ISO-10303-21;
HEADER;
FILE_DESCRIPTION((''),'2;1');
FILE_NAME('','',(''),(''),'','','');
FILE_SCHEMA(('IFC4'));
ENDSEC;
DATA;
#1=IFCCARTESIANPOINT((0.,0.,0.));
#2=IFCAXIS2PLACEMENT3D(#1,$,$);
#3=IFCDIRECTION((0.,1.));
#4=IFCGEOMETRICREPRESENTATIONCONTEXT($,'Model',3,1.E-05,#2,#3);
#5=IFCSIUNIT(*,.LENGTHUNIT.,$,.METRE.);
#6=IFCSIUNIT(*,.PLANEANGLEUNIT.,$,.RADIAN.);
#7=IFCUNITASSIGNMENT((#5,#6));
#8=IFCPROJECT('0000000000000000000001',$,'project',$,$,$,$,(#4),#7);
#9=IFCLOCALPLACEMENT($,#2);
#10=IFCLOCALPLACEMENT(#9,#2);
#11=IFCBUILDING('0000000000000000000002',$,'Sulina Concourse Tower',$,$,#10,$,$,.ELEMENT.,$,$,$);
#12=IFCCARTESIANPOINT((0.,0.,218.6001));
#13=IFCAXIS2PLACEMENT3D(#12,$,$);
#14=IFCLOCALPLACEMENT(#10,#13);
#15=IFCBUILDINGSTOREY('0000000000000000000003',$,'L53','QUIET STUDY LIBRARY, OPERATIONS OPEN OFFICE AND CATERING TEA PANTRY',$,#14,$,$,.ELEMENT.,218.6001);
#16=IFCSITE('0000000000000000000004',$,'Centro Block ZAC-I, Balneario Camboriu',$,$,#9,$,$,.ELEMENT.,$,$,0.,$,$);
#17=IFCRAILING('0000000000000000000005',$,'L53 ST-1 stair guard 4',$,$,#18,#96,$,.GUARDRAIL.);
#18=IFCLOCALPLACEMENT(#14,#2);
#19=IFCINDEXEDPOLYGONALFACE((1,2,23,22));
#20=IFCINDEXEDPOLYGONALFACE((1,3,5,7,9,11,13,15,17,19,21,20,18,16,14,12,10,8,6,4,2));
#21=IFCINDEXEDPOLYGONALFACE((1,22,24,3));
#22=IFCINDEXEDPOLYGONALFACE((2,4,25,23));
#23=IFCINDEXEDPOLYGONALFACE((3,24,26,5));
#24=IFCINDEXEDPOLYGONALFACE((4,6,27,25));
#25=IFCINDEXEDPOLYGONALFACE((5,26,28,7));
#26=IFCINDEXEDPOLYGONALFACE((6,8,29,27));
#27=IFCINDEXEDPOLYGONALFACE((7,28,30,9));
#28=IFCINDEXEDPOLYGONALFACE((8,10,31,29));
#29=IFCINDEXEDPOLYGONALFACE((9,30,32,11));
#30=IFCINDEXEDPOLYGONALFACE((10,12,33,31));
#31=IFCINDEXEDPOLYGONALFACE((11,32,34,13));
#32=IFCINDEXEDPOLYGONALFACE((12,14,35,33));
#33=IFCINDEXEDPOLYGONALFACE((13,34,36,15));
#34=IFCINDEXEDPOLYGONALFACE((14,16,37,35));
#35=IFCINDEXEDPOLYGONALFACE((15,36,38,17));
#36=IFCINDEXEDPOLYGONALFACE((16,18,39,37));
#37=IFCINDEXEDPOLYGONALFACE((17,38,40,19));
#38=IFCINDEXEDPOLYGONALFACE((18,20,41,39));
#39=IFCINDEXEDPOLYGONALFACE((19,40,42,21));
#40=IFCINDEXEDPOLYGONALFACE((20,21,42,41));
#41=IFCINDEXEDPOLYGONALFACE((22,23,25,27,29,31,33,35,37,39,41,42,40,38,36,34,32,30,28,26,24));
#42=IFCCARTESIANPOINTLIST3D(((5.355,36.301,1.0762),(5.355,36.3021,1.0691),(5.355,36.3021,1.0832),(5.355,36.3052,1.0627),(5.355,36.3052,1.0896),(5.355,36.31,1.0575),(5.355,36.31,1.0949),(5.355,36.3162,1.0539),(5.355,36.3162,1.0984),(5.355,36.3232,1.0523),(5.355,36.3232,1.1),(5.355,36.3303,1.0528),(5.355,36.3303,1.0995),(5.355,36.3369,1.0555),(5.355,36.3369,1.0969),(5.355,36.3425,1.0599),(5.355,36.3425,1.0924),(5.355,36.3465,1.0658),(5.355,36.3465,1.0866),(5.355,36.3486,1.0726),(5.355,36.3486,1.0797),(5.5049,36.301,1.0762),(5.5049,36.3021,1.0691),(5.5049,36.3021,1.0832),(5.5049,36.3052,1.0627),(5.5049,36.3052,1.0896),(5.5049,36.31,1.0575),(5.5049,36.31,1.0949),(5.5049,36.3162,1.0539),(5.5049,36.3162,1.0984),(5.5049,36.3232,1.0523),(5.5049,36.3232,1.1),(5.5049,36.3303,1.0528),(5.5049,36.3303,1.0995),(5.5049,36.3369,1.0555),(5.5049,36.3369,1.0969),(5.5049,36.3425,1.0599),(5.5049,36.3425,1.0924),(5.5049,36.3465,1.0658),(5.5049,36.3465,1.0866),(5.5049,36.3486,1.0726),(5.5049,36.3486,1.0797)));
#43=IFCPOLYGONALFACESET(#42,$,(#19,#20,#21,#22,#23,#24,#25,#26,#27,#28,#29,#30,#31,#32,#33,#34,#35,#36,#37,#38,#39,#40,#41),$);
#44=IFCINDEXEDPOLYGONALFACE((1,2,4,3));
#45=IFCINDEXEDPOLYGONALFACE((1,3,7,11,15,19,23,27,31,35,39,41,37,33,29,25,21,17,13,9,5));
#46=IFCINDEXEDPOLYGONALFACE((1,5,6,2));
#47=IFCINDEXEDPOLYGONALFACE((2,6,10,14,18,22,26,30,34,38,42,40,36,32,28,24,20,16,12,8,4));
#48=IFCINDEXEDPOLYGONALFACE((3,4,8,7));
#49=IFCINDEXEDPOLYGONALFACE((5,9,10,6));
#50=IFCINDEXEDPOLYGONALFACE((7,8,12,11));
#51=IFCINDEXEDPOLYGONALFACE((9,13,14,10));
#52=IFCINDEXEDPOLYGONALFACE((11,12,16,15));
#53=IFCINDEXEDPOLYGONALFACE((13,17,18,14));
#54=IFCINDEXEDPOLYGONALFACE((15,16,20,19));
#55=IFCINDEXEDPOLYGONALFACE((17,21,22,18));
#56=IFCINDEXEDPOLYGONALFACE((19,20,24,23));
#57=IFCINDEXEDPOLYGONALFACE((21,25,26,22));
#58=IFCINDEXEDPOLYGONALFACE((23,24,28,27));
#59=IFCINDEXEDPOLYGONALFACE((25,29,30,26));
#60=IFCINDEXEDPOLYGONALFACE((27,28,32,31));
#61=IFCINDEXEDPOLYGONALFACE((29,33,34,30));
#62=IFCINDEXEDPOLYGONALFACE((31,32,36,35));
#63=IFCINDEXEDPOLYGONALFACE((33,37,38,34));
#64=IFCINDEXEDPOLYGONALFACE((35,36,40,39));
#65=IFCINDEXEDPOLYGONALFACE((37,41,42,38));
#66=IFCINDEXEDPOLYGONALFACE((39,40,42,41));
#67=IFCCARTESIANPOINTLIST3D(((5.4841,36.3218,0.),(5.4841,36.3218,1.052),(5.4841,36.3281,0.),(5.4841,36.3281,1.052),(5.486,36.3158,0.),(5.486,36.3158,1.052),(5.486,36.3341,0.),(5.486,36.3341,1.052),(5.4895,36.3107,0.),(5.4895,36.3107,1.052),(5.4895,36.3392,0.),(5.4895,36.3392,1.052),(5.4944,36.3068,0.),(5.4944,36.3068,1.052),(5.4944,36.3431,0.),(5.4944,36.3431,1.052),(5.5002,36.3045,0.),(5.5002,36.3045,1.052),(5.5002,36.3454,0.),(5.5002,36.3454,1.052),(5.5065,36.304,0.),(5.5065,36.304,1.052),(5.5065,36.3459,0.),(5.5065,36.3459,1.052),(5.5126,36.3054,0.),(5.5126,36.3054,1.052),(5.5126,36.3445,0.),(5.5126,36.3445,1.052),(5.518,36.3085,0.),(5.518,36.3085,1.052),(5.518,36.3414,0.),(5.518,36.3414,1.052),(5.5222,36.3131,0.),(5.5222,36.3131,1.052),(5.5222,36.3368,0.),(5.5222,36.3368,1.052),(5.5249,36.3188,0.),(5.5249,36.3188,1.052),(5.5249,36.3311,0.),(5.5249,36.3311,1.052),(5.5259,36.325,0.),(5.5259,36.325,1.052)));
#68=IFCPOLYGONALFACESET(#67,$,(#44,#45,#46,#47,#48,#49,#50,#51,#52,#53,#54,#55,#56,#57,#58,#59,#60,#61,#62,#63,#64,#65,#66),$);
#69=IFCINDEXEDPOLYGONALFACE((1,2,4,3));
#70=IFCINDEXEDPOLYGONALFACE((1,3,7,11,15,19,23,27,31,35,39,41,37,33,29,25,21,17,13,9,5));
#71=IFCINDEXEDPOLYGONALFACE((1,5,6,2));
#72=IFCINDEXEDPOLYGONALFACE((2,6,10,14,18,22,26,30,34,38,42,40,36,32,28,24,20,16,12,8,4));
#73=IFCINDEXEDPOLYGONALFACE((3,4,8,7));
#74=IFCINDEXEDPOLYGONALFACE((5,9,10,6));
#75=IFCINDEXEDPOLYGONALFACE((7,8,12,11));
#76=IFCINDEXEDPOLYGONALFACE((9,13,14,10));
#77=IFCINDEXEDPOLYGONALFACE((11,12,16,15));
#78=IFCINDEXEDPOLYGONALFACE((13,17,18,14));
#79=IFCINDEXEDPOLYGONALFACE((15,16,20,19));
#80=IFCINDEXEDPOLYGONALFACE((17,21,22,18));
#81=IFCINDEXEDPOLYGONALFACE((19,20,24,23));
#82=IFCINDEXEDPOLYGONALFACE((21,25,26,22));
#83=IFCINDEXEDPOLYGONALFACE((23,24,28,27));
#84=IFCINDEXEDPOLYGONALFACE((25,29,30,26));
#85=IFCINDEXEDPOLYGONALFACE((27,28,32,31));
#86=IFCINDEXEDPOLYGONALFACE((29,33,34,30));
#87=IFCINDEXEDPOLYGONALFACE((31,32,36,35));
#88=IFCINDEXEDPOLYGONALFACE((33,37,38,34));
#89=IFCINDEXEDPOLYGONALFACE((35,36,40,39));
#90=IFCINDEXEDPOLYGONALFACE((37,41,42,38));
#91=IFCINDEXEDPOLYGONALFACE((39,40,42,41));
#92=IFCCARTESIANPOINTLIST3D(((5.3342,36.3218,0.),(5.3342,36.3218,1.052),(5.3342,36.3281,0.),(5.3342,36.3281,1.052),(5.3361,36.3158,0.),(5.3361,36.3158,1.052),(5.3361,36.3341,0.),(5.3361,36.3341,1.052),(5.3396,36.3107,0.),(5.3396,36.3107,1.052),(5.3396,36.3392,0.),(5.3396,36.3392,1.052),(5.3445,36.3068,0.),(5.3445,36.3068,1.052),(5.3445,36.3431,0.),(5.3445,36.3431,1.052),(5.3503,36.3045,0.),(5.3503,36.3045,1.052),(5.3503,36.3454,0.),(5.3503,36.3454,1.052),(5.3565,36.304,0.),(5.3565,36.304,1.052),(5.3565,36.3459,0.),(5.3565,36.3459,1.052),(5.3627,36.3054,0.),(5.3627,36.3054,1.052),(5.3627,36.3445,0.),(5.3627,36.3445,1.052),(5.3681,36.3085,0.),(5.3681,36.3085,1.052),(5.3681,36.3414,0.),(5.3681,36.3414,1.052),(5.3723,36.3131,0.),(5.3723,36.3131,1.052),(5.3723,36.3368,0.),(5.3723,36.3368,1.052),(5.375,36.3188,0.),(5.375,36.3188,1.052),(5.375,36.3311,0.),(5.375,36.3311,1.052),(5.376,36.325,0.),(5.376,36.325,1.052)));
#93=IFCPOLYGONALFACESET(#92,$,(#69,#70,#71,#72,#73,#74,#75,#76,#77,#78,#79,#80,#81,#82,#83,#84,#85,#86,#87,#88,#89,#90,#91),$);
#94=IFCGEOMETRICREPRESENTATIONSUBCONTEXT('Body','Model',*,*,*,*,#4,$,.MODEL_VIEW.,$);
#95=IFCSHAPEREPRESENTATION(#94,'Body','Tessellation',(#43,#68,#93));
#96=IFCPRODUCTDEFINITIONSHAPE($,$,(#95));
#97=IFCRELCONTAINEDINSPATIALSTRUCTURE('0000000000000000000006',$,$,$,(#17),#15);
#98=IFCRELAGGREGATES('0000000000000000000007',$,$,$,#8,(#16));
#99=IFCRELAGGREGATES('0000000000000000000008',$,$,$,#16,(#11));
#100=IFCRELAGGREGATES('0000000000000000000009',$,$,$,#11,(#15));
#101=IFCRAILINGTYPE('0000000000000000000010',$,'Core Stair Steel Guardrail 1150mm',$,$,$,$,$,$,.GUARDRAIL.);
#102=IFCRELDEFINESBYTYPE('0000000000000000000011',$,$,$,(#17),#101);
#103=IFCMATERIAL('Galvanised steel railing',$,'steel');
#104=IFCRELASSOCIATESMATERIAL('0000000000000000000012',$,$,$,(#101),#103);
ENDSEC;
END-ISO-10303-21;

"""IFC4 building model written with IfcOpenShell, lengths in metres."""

from ifc_helpers import new_model, si_unit, direction, frame, origin, origin_2d, place, context, subcontext, project, spatial, circle, extrude, material, type_object, element, save


model = new_model("IFC4")

# Units and contexts
model_context = context("Model", 3, precision=1e-05, world=origin(), true_north=direction((0.0, 1.0)))
body_context = subcontext(model_context, "Body", "Model", "MODEL_VIEW")
ifc_project = project(units=[si_unit("LENGTHUNIT", "METRE"), si_unit("PLANEANGLEUNIT", "RADIAN")], contexts=[model_context])

# Site, building, storey
site_placement = place(None, origin())
site = spatial("IfcSite", under=ifc_project, at=site_placement, Name="Centro Block ZAC-I, Balneario Camboriu", CompositionType="ELEMENT", RefElevation=0.0)
building_placement = place(site_placement, origin())
building = spatial("IfcBuilding", under=site, at=building_placement, Name="Sulina Concourse Tower", CompositionType="ELEMENT")
storey_placement = place(building_placement, frame((0.0, 0.0, 218.6001)))
storey = spatial("IfcBuildingStorey", under=building, at=storey_placement, Name="L53", Description="QUIET STUDY LIBRARY, OPERATIONS OPEN OFFICE AND CATERING TEA PANTRY", CompositionType="ELEMENT", Elevation=218.6001)

# Railing
ifc_material_1 = material(Name="Galvanised steel railing", Category="steel")
railing_type_1 = type_object("IfcRailingType", Name="Core Stair Steel Guardrail 1150mm", PredefinedType="GUARDRAIL", material=ifc_material_1)
railing_1_placement = place(storey_placement, frame((5.5049, 36.325, 0.0)))
element("IfcRailing", 1, at=railing_1_placement, inside=storey, type_object=railing_type_1, Name="L53 ST-1 stair guard 4", PredefinedType="GUARDRAIL", context=body_context, shape_type="SweptSolid", body=[
    extrude(circle(Radius=0.0239, at=origin_2d()), frame((0.0, 0.0, 1.0762), z_axis=(-1.0, 0.0, 0.0), x_axis=(0.0, -1.0, 0.0)), (0.0, 0.0, 1.0), 0.1499),
    extrude(circle(Radius=0.021, at=origin_2d()), origin(), (0.0, 0.0, 1.0), 1.052),
    extrude(circle(Radius=0.021, at=origin_2d()), frame((-0.1499, 0.0, 0.0)), (0.0, 0.0, 1.0), 1.052),
])

save(model, "model.ifc")
